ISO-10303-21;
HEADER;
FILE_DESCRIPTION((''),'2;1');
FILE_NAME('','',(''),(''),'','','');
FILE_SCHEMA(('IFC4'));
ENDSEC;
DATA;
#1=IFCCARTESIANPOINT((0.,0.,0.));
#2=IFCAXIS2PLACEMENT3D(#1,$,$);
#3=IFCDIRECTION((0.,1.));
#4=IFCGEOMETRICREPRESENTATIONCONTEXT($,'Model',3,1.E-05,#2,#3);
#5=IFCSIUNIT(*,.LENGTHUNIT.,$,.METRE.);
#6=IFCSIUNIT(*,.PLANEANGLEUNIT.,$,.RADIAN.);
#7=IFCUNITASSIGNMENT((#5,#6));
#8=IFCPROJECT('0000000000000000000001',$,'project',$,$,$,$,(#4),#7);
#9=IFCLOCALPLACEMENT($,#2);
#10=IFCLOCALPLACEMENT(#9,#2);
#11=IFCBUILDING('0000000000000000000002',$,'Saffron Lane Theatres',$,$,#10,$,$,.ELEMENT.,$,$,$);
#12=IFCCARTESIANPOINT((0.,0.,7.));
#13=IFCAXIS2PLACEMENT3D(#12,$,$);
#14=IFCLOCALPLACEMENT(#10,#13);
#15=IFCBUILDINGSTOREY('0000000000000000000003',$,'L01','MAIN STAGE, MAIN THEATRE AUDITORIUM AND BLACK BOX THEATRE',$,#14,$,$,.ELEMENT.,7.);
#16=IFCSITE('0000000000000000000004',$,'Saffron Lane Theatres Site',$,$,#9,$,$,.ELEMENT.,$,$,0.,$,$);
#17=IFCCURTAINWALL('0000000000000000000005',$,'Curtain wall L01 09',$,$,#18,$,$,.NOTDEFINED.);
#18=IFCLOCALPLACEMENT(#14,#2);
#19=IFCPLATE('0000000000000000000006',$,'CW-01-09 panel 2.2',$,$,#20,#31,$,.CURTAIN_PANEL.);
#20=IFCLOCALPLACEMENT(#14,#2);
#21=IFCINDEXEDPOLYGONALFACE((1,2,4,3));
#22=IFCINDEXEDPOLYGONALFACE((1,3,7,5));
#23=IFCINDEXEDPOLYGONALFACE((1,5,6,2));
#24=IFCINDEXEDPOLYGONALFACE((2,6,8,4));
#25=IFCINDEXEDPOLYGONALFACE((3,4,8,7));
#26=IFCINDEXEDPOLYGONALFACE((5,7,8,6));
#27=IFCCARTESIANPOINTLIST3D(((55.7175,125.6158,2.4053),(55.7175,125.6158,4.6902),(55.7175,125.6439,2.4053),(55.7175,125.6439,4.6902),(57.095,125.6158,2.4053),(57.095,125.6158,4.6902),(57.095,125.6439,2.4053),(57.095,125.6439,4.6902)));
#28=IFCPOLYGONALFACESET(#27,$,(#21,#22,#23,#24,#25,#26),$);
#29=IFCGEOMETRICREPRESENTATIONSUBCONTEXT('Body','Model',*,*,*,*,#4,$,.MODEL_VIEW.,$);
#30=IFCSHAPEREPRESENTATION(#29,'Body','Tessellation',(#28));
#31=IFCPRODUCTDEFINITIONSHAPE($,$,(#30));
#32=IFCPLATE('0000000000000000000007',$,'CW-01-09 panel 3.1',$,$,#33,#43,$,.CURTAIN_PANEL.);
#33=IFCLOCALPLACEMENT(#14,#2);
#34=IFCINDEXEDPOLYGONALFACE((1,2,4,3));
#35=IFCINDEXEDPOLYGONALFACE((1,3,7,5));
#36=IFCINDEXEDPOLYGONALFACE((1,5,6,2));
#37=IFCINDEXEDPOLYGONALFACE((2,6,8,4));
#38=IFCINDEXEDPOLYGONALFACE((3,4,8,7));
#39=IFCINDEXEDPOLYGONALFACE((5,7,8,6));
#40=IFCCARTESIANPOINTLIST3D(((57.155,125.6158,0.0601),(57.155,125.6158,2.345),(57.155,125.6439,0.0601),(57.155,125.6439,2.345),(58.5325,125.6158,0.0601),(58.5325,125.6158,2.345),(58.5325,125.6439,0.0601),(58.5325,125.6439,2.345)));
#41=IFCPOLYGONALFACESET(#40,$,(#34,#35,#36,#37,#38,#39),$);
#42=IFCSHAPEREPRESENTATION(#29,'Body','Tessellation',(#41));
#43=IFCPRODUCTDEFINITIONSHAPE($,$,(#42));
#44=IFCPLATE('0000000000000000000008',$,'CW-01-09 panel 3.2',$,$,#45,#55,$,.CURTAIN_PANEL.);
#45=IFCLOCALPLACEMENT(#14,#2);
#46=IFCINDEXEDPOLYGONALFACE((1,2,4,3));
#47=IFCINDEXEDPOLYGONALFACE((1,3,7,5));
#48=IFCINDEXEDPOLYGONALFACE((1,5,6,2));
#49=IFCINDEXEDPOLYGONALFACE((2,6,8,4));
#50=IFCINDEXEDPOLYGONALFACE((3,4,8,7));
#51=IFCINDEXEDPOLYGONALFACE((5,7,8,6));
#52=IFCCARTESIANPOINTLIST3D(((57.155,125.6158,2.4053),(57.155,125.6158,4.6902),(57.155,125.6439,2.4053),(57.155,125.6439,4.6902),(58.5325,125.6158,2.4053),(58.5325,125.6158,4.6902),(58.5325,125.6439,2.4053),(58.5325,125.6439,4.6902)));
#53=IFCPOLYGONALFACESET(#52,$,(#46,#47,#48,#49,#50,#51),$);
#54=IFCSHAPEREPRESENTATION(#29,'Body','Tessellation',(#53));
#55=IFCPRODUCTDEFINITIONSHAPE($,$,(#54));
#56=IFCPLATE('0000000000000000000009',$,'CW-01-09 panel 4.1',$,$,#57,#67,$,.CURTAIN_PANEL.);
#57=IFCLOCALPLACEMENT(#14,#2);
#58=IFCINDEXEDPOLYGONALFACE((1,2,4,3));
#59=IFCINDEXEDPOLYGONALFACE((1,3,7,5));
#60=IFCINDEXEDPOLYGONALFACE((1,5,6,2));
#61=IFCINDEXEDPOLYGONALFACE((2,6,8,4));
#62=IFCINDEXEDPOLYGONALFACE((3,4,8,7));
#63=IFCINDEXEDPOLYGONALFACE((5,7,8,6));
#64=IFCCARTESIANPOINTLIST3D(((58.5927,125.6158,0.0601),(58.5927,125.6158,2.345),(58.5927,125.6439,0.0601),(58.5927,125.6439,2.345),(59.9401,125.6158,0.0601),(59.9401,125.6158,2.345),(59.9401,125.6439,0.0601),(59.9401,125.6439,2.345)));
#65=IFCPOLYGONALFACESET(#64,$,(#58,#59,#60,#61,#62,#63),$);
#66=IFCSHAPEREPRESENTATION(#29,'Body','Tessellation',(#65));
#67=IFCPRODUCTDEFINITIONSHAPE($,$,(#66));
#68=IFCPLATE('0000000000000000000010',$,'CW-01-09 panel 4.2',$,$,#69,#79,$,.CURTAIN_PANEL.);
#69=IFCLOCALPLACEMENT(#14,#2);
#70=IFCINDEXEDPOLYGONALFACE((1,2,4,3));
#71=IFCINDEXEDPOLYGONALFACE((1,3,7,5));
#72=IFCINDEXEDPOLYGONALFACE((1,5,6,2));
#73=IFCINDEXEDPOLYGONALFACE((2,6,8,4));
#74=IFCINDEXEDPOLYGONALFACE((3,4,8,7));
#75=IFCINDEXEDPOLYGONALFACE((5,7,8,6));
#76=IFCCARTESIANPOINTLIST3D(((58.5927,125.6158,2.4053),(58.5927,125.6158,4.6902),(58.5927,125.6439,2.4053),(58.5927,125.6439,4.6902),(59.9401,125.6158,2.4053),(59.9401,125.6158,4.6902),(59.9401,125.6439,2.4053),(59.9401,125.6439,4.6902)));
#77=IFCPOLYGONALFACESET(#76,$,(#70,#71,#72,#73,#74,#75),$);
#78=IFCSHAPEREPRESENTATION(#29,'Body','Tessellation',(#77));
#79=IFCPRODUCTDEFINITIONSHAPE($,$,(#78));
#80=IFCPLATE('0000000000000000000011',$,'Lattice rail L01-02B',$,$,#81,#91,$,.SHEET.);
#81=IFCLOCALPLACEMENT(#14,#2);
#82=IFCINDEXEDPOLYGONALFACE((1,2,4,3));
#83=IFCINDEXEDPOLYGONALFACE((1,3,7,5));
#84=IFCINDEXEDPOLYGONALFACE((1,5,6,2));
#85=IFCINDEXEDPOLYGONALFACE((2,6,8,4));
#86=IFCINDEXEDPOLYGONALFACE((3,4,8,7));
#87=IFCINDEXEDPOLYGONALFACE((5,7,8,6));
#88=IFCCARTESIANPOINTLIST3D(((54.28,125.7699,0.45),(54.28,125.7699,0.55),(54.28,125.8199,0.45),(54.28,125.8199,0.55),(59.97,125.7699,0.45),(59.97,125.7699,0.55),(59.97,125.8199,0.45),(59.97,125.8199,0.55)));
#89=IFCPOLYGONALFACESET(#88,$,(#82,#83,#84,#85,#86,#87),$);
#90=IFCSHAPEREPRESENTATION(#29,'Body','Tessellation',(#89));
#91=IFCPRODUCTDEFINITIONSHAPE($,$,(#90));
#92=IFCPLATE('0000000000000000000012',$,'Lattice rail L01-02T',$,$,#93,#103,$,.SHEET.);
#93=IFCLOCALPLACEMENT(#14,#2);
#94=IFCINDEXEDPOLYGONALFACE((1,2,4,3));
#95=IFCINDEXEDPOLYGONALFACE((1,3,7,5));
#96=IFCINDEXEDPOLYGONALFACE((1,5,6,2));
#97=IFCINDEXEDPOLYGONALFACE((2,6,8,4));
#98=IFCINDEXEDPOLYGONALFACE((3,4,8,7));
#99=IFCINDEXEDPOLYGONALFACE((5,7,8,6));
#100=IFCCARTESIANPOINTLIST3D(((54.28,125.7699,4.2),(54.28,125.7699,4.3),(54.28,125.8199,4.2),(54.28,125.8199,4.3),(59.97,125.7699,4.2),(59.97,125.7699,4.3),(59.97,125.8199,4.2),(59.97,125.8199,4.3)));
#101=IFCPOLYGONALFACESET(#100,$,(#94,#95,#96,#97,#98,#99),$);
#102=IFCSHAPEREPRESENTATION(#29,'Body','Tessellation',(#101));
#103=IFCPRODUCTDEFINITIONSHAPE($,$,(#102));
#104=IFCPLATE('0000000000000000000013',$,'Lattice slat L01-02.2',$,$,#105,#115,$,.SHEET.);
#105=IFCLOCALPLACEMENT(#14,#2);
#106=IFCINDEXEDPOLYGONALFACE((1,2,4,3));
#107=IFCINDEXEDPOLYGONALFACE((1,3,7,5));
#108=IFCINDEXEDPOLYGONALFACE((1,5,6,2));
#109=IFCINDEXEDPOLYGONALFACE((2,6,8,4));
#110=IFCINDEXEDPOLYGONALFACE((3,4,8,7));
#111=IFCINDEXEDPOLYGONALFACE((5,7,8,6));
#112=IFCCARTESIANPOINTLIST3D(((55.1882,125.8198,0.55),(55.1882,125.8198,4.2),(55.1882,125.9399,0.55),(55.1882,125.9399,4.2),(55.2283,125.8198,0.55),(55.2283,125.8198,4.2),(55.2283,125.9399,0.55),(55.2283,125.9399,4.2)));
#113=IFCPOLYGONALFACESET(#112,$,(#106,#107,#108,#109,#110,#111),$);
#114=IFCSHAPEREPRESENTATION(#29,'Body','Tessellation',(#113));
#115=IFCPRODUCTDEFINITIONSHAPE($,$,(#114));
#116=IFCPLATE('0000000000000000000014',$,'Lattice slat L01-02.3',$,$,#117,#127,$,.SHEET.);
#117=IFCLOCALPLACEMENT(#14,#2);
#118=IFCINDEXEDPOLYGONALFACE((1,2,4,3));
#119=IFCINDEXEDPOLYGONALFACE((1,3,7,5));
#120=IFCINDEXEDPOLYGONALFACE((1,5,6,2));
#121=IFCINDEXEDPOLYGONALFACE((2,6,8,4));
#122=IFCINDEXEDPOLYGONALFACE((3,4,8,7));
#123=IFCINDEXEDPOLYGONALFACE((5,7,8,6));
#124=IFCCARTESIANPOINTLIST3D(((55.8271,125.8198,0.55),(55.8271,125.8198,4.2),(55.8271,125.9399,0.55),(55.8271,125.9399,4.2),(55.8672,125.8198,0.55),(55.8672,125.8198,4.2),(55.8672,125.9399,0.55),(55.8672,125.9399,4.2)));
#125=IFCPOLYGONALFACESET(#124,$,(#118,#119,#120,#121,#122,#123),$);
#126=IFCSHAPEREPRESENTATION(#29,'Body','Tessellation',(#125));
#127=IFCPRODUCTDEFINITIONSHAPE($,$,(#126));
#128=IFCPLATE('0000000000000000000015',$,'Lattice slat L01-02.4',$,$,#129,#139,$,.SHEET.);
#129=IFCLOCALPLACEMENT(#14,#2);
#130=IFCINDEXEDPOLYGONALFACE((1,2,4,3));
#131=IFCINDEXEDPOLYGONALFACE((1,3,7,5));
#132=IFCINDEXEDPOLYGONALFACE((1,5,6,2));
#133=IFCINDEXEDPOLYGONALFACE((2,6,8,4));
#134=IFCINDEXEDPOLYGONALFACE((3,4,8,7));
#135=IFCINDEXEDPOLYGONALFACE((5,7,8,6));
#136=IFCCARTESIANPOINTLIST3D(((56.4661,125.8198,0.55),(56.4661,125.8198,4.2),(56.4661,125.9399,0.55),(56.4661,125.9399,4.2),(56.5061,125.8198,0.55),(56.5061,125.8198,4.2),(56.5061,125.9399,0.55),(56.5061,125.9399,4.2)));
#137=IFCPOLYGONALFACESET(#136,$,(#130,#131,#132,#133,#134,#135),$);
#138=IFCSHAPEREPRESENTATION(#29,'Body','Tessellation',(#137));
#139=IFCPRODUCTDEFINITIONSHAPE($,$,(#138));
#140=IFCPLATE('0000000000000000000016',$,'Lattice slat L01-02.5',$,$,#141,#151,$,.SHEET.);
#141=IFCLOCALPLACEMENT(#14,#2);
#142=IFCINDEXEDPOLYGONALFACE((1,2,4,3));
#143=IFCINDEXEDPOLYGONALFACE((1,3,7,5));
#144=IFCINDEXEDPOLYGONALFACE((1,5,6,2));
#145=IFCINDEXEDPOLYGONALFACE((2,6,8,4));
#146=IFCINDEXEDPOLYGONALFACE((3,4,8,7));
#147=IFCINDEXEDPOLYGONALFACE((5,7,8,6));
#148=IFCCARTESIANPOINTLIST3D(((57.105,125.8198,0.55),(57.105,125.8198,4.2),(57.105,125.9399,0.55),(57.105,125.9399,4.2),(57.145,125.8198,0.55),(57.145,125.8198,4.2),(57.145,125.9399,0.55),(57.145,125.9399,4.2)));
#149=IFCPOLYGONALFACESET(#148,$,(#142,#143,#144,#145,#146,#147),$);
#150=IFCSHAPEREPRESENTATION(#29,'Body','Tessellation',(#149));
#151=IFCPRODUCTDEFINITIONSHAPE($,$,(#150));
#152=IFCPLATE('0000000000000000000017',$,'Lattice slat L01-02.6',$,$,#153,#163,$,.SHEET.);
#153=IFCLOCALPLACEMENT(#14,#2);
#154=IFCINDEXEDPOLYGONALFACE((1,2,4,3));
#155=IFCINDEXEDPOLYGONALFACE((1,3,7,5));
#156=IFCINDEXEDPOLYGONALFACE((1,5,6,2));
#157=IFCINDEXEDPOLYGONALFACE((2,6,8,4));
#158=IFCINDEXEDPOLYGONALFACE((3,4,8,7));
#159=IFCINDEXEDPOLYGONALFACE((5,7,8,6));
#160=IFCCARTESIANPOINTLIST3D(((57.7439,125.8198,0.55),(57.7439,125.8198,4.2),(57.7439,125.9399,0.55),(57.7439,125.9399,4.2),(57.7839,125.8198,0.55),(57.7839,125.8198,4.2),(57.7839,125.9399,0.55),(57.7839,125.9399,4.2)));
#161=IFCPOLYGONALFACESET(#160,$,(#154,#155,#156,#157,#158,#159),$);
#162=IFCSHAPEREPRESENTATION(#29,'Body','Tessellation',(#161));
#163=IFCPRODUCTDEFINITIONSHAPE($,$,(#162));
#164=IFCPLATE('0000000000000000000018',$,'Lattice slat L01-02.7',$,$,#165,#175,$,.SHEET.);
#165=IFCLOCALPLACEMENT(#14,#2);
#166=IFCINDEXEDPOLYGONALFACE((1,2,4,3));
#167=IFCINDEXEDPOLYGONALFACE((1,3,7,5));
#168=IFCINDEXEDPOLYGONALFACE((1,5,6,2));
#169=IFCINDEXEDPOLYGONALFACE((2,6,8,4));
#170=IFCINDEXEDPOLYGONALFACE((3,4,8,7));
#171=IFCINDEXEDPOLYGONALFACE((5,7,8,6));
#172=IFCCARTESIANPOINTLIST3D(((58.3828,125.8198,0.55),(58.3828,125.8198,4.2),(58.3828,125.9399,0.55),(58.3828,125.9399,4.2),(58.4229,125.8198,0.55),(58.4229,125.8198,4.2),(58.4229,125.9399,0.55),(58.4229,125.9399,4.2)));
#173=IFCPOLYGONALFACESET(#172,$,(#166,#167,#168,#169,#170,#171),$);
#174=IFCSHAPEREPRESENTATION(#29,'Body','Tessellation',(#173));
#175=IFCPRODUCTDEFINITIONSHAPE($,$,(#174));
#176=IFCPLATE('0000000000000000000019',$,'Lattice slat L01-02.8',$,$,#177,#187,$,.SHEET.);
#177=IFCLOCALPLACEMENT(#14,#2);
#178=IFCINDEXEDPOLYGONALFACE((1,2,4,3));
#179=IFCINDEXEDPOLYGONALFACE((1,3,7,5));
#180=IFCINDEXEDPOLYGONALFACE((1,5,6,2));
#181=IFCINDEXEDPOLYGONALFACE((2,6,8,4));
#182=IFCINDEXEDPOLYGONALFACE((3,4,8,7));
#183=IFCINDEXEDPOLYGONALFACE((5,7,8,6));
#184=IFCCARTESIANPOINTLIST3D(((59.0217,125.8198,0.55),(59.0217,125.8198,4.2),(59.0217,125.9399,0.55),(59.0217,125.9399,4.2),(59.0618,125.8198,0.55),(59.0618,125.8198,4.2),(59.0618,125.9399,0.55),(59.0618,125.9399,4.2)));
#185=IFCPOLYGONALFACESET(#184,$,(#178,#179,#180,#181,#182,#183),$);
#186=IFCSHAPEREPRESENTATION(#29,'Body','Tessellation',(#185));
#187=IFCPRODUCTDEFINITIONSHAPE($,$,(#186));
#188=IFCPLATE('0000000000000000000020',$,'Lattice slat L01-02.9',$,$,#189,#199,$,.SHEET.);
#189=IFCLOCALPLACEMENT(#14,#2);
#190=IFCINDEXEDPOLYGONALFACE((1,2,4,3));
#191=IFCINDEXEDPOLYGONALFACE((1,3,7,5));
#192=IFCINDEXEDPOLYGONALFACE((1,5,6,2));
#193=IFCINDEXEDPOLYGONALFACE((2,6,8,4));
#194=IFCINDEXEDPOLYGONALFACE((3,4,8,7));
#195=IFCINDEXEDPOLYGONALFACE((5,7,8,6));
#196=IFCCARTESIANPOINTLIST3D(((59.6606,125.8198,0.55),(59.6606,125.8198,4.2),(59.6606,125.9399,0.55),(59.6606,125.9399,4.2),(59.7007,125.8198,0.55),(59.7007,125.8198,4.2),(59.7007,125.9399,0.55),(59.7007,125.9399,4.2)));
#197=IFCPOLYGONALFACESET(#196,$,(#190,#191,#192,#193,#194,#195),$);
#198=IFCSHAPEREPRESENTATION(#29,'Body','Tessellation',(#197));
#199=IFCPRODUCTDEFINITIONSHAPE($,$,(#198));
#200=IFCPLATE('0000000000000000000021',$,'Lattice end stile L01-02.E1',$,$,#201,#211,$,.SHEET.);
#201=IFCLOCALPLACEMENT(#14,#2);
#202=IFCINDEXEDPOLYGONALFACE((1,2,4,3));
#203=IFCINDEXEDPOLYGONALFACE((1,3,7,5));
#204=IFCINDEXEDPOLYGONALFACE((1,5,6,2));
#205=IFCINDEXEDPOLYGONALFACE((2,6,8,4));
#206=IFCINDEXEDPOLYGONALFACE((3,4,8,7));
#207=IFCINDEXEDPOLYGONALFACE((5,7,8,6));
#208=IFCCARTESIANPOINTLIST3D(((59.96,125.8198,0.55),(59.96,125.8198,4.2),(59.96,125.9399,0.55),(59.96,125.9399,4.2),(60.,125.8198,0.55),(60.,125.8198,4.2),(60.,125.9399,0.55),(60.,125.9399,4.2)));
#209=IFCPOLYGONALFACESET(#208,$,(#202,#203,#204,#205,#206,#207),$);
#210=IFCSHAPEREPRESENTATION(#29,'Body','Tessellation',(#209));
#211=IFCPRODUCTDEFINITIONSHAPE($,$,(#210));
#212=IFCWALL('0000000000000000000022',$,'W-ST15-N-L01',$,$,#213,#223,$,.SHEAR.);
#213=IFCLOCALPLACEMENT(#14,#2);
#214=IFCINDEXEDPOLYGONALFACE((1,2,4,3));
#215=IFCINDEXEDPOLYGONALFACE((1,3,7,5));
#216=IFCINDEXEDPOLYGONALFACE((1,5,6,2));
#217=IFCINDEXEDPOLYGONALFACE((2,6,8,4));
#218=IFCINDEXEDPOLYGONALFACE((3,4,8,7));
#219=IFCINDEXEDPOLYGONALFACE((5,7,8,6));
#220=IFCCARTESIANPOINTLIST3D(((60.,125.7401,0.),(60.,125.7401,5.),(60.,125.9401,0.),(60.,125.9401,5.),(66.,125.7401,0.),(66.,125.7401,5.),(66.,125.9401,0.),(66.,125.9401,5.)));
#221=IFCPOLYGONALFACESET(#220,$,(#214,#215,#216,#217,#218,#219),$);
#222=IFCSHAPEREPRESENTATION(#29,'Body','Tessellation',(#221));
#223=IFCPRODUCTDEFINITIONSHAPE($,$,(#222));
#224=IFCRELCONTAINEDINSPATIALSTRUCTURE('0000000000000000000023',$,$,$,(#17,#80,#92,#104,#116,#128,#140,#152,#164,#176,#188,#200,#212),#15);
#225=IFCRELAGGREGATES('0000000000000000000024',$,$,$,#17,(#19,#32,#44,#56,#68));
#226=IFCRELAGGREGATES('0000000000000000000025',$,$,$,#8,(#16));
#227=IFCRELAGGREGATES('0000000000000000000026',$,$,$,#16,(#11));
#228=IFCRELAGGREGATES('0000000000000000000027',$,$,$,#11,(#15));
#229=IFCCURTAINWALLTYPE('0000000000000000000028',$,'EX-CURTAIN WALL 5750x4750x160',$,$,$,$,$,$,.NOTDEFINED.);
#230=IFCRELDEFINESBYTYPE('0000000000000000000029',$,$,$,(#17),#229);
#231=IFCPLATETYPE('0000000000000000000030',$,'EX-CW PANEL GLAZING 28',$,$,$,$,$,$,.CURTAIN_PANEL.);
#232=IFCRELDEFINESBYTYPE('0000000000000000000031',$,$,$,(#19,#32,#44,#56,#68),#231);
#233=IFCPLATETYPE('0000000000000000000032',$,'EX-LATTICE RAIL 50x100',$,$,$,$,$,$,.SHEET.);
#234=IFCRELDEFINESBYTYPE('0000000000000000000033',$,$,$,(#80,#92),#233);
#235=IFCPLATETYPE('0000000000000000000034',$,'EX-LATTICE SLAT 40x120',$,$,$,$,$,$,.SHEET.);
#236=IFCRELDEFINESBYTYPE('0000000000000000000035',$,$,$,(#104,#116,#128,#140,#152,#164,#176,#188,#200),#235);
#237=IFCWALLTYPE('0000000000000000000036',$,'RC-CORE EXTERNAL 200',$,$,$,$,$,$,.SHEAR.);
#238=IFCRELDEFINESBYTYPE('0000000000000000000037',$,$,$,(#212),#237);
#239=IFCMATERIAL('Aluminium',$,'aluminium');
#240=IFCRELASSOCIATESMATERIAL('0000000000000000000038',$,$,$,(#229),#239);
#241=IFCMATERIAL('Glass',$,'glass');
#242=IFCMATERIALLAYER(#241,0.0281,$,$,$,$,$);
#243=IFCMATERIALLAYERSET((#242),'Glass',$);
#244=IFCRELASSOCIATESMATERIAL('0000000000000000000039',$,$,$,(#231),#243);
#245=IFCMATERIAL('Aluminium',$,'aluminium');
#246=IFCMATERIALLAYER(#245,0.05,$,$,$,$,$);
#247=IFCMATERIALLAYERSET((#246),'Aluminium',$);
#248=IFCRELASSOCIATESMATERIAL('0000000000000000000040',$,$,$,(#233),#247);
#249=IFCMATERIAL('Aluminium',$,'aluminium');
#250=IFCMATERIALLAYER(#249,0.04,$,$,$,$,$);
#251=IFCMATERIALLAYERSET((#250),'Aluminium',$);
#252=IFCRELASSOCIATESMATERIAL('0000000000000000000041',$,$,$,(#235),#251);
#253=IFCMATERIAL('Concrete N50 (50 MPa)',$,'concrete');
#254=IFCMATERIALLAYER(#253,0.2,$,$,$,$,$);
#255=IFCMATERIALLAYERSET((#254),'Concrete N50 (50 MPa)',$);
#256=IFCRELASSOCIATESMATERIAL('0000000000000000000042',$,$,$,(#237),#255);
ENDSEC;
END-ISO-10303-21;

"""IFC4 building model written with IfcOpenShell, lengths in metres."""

from ifc_helpers import new_model, si_unit, direction, frame, frame_2d, origin, origin_2d, place, context, subcontext, project, spatial, rectangle, extrude, material, layer, layer_set, type_object, element, aggregate, save


model = new_model("IFC4")

# Units and contexts
model_context = context("Model", 3, precision=1e-05, world=origin(), true_north=direction((0.0, 1.0)))
body_context = subcontext(model_context, "Body", "Model", "MODEL_VIEW")
ifc_project = project(units=[si_unit("LENGTHUNIT", "METRE"), si_unit("PLANEANGLEUNIT", "RADIAN")], contexts=[model_context])

# Site, building, storey
site_placement = place(None, origin())
site = spatial("IfcSite", under=ifc_project, at=site_placement, Name="Saffron Lane Theatres Site", CompositionType="ELEMENT", RefElevation=0.0)
building_placement = place(site_placement, origin())
building = spatial("IfcBuilding", under=site, at=building_placement, Name="Saffron Lane Theatres", CompositionType="ELEMENT")
storey_placement = place(building_placement, frame((0.0, 0.0, 7.0)))
storey = spatial("IfcBuildingStorey", under=building, at=storey_placement, Name="L01", Description="MAIN STAGE, MAIN THEATRE AUDITORIUM AND BLACK BOX THEATRE", CompositionType="ELEMENT", Elevation=7.0)

# Curtain wall, plates
ifc_material_1 = material(Name="Aluminium", Category="aluminium")
curtain_wall_type = type_object("IfcCurtainWallType", Name="EX-CURTAIN WALL 5750x4750x160", PredefinedType="NOTDEFINED", material=ifc_material_1)
curtain_wall_placement = place(storey_placement, origin())
curtain_wall = element("IfcCurtainWall", 1, at=curtain_wall_placement, inside=storey, type_object=curtain_wall_type, Name="Curtain wall L01 09", PredefinedType="NOTDEFINED")
ifc_material_2 = material(Name="Glass", Category="glass")
ifc_layer_1 = layer(ifc_material_2, 0.0281)
ifc_layer_set_1 = layer_set([ifc_layer_1], Name="Glass")
plate_type_1 = type_object("IfcPlateType", Name="EX-CW PANEL GLAZING 28", PredefinedType="CURTAIN_PANEL", material=ifc_layer_set_1)
plate_1_placement = place(storey_placement, frame((56.4062, 125.6299, 2.4053), z_axis=(0.0, 0.0, 1.0), x_axis=(1.0, 0.0, 0.0)))
plate_1 = element("IfcPlate", 2, at=plate_1_placement, type_object=plate_type_1, Name="CW-01-09 panel 2.2", PredefinedType="CURTAIN_PANEL", context=body_context, shape_type="SweptSolid", body=[
    extrude(rectangle(XDim=1.3774, YDim=0.0281, at=origin_2d()), origin(), (0.0, 0.0, 1.0), 2.2849),
])
plate_2_placement = place(storey_placement, frame((57.8438, 125.6299, 0.0601), z_axis=(0.0, 0.0, 1.0), x_axis=(1.0, 0.0, 0.0)))
plate_2 = element("IfcPlate", 3, at=plate_2_placement, type_object=plate_type_1, Name="CW-01-09 panel 3.1", PredefinedType="CURTAIN_PANEL", context=body_context, shape_type="SweptSolid", body=[
    extrude(rectangle(XDim=1.3774, YDim=0.0281, at=origin_2d()), origin(), (0.0, 0.0, 1.0), 2.2849),
])
plate_3_placement = place(storey_placement, frame((57.8438, 125.6299, 2.4053), z_axis=(0.0, 0.0, 1.0), x_axis=(1.0, 0.0, 0.0)))
plate_3 = element("IfcPlate", 4, at=plate_3_placement, type_object=plate_type_1, Name="CW-01-09 panel 3.2", PredefinedType="CURTAIN_PANEL", context=body_context, shape_type="SweptSolid", body=[
    extrude(rectangle(XDim=1.3774, YDim=0.0281, at=origin_2d()), origin(), (0.0, 0.0, 1.0), 2.2849),
])
plate_4_placement = place(storey_placement, frame((59.2664, 125.6299, 0.0601), z_axis=(0.0, 0.0, 1.0), x_axis=(1.0, 0.0, 0.0)))
plate_4 = element("IfcPlate", 5, at=plate_4_placement, type_object=plate_type_1, Name="CW-01-09 panel 4.1", PredefinedType="CURTAIN_PANEL", context=body_context, shape_type="SweptSolid", body=[
    extrude(rectangle(XDim=1.3474, YDim=0.0281, at=origin_2d()), origin(), (0.0, 0.0, 1.0), 2.2849),
])
plate_5_placement = place(storey_placement, frame((59.2664, 125.6299, 2.4053), z_axis=(0.0, 0.0, 1.0), x_axis=(1.0, 0.0, 0.0)))
plate_5 = element("IfcPlate", 6, at=plate_5_placement, type_object=plate_type_1, Name="CW-01-09 panel 4.2", PredefinedType="CURTAIN_PANEL", context=body_context, shape_type="SweptSolid", body=[
    extrude(rectangle(XDim=1.3474, YDim=0.0281, at=origin_2d()), origin(), (0.0, 0.0, 1.0), 2.2849),
])
aggregate(curtain_wall, [plate_1, plate_2, plate_3, plate_4, plate_5])

# Plates
ifc_material_3 = material(Name="Aluminium", Category="aluminium")
ifc_layer_2 = layer(ifc_material_3, 0.05)
ifc_layer_set_2 = layer_set([ifc_layer_2], Name="Aluminium")
plate_type_2 = type_object("IfcPlateType", Name="EX-LATTICE RAIL 50x100", PredefinedType="SHEET", material=ifc_layer_set_2)
for number, where, z_axis, x_axis, name in (
    (7, (57.125, 125.7949, 0.45), (0.0, 0.0, 1.0), (1.0, 0.0, 0.0), "Lattice rail L01-02B"),
    (8, (57.125, 125.7949, 4.2), (0.0, 0.0, 1.0), (1.0, 0.0, 0.0), "Lattice rail L01-02T"),
):
    element("IfcPlate", number, at=place(storey_placement, frame(where, z_axis=z_axis, x_axis=x_axis)), inside=storey, type_object=plate_type_2, Name=name, PredefinedType="SHEET", context=body_context, shape_type="SweptSolid", body=[
        extrude(rectangle(XDim=5.6899, YDim=0.05, at=origin_2d()), origin(), (0.0, 0.0, 1.0), 0.1001),
    ])
ifc_material_4 = material(Name="Aluminium", Category="aluminium")
ifc_layer_3 = layer(ifc_material_4, 0.04)
ifc_layer_set_3 = layer_set([ifc_layer_3], Name="Aluminium")
plate_type_3 = type_object("IfcPlateType", Name="EX-LATTICE SLAT 40x120", PredefinedType="SHEET", material=ifc_layer_set_3)
for number, where, z_axis, x_axis, name in (
    (9, (55.2083, 125.8799, 0.55), (0.0, 0.0, 1.0), (1.0, 0.0, 0.0), "Lattice slat L01-02.2"),
    (10, (55.8472, 125.8799, 0.55), (0.0, 0.0, 1.0), (1.0, 0.0, 0.0), "Lattice slat L01-02.3"),
    (11, (56.4861, 125.8799, 0.55), (0.0, 0.0, 1.0), (1.0, 0.0, 0.0), "Lattice slat L01-02.4"),
    (12, (57.125, 125.8799, 0.55), (0.0, 0.0, 1.0), (1.0, 0.0, 0.0), "Lattice slat L01-02.5"),
    (13, (57.7639, 125.8799, 0.55), (0.0, 0.0, 1.0), (1.0, 0.0, 0.0), "Lattice slat L01-02.6"),
    (14, (58.4028, 125.8799, 0.55), (0.0, 0.0, 1.0), (1.0, 0.0, 0.0), "Lattice slat L01-02.7"),
    (15, (59.0417, 125.8799, 0.55), (0.0, 0.0, 1.0), (1.0, 0.0, 0.0), "Lattice slat L01-02.8"),
    (16, (59.6807, 125.8799, 0.55), (0.0, 0.0, 1.0), (1.0, 0.0, 0.0), "Lattice slat L01-02.9"),
    (17, (59.98, 125.8799, 0.55), (0.0, 0.0, 1.0), (1.0, 0.0, 0.0), "Lattice end stile L01-02.E1"),
):
    element("IfcPlate", number, at=place(storey_placement, frame(where, z_axis=z_axis, x_axis=x_axis)), inside=storey, type_object=plate_type_3, Name=name, PredefinedType="SHEET", context=body_context, shape_type="SweptSolid", body=[
        extrude(rectangle(XDim=0.04, YDim=0.1201, at=origin_2d()), origin(), (0.0, 0.0, 1.0), 3.6499),
    ])

# Wall
ifc_material_5 = material(Name="Concrete N50 (50 MPa)", Category="concrete")
ifc_layer_4 = layer(ifc_material_5, 0.2)
ifc_layer_set_4 = layer_set([ifc_layer_4], Name="Concrete N50 (50 MPa)")
wall_type = type_object("IfcWallType", Name="RC-CORE EXTERNAL 200", PredefinedType="SHEAR", material=ifc_layer_set_4)
wall_placement = place(storey_placement, frame((60.0, 125.8401, 0.0), z_axis=(0.0, 0.0, 1.0), x_axis=(1.0, 0.0, 0.0)))
element("IfcWall", 18, at=wall_placement, inside=storey, type_object=wall_type, Name="W-ST15-N-L01", PredefinedType="SHEAR", context=body_context, shape_type="SweptSolid", body=[
    extrude(rectangle(XDim=6.0, YDim=0.2, at=frame_2d((3.0, 0.0))), origin(), (0.0, 0.0, 1.0), 5.0),
])

save(model, "model.ifc")
